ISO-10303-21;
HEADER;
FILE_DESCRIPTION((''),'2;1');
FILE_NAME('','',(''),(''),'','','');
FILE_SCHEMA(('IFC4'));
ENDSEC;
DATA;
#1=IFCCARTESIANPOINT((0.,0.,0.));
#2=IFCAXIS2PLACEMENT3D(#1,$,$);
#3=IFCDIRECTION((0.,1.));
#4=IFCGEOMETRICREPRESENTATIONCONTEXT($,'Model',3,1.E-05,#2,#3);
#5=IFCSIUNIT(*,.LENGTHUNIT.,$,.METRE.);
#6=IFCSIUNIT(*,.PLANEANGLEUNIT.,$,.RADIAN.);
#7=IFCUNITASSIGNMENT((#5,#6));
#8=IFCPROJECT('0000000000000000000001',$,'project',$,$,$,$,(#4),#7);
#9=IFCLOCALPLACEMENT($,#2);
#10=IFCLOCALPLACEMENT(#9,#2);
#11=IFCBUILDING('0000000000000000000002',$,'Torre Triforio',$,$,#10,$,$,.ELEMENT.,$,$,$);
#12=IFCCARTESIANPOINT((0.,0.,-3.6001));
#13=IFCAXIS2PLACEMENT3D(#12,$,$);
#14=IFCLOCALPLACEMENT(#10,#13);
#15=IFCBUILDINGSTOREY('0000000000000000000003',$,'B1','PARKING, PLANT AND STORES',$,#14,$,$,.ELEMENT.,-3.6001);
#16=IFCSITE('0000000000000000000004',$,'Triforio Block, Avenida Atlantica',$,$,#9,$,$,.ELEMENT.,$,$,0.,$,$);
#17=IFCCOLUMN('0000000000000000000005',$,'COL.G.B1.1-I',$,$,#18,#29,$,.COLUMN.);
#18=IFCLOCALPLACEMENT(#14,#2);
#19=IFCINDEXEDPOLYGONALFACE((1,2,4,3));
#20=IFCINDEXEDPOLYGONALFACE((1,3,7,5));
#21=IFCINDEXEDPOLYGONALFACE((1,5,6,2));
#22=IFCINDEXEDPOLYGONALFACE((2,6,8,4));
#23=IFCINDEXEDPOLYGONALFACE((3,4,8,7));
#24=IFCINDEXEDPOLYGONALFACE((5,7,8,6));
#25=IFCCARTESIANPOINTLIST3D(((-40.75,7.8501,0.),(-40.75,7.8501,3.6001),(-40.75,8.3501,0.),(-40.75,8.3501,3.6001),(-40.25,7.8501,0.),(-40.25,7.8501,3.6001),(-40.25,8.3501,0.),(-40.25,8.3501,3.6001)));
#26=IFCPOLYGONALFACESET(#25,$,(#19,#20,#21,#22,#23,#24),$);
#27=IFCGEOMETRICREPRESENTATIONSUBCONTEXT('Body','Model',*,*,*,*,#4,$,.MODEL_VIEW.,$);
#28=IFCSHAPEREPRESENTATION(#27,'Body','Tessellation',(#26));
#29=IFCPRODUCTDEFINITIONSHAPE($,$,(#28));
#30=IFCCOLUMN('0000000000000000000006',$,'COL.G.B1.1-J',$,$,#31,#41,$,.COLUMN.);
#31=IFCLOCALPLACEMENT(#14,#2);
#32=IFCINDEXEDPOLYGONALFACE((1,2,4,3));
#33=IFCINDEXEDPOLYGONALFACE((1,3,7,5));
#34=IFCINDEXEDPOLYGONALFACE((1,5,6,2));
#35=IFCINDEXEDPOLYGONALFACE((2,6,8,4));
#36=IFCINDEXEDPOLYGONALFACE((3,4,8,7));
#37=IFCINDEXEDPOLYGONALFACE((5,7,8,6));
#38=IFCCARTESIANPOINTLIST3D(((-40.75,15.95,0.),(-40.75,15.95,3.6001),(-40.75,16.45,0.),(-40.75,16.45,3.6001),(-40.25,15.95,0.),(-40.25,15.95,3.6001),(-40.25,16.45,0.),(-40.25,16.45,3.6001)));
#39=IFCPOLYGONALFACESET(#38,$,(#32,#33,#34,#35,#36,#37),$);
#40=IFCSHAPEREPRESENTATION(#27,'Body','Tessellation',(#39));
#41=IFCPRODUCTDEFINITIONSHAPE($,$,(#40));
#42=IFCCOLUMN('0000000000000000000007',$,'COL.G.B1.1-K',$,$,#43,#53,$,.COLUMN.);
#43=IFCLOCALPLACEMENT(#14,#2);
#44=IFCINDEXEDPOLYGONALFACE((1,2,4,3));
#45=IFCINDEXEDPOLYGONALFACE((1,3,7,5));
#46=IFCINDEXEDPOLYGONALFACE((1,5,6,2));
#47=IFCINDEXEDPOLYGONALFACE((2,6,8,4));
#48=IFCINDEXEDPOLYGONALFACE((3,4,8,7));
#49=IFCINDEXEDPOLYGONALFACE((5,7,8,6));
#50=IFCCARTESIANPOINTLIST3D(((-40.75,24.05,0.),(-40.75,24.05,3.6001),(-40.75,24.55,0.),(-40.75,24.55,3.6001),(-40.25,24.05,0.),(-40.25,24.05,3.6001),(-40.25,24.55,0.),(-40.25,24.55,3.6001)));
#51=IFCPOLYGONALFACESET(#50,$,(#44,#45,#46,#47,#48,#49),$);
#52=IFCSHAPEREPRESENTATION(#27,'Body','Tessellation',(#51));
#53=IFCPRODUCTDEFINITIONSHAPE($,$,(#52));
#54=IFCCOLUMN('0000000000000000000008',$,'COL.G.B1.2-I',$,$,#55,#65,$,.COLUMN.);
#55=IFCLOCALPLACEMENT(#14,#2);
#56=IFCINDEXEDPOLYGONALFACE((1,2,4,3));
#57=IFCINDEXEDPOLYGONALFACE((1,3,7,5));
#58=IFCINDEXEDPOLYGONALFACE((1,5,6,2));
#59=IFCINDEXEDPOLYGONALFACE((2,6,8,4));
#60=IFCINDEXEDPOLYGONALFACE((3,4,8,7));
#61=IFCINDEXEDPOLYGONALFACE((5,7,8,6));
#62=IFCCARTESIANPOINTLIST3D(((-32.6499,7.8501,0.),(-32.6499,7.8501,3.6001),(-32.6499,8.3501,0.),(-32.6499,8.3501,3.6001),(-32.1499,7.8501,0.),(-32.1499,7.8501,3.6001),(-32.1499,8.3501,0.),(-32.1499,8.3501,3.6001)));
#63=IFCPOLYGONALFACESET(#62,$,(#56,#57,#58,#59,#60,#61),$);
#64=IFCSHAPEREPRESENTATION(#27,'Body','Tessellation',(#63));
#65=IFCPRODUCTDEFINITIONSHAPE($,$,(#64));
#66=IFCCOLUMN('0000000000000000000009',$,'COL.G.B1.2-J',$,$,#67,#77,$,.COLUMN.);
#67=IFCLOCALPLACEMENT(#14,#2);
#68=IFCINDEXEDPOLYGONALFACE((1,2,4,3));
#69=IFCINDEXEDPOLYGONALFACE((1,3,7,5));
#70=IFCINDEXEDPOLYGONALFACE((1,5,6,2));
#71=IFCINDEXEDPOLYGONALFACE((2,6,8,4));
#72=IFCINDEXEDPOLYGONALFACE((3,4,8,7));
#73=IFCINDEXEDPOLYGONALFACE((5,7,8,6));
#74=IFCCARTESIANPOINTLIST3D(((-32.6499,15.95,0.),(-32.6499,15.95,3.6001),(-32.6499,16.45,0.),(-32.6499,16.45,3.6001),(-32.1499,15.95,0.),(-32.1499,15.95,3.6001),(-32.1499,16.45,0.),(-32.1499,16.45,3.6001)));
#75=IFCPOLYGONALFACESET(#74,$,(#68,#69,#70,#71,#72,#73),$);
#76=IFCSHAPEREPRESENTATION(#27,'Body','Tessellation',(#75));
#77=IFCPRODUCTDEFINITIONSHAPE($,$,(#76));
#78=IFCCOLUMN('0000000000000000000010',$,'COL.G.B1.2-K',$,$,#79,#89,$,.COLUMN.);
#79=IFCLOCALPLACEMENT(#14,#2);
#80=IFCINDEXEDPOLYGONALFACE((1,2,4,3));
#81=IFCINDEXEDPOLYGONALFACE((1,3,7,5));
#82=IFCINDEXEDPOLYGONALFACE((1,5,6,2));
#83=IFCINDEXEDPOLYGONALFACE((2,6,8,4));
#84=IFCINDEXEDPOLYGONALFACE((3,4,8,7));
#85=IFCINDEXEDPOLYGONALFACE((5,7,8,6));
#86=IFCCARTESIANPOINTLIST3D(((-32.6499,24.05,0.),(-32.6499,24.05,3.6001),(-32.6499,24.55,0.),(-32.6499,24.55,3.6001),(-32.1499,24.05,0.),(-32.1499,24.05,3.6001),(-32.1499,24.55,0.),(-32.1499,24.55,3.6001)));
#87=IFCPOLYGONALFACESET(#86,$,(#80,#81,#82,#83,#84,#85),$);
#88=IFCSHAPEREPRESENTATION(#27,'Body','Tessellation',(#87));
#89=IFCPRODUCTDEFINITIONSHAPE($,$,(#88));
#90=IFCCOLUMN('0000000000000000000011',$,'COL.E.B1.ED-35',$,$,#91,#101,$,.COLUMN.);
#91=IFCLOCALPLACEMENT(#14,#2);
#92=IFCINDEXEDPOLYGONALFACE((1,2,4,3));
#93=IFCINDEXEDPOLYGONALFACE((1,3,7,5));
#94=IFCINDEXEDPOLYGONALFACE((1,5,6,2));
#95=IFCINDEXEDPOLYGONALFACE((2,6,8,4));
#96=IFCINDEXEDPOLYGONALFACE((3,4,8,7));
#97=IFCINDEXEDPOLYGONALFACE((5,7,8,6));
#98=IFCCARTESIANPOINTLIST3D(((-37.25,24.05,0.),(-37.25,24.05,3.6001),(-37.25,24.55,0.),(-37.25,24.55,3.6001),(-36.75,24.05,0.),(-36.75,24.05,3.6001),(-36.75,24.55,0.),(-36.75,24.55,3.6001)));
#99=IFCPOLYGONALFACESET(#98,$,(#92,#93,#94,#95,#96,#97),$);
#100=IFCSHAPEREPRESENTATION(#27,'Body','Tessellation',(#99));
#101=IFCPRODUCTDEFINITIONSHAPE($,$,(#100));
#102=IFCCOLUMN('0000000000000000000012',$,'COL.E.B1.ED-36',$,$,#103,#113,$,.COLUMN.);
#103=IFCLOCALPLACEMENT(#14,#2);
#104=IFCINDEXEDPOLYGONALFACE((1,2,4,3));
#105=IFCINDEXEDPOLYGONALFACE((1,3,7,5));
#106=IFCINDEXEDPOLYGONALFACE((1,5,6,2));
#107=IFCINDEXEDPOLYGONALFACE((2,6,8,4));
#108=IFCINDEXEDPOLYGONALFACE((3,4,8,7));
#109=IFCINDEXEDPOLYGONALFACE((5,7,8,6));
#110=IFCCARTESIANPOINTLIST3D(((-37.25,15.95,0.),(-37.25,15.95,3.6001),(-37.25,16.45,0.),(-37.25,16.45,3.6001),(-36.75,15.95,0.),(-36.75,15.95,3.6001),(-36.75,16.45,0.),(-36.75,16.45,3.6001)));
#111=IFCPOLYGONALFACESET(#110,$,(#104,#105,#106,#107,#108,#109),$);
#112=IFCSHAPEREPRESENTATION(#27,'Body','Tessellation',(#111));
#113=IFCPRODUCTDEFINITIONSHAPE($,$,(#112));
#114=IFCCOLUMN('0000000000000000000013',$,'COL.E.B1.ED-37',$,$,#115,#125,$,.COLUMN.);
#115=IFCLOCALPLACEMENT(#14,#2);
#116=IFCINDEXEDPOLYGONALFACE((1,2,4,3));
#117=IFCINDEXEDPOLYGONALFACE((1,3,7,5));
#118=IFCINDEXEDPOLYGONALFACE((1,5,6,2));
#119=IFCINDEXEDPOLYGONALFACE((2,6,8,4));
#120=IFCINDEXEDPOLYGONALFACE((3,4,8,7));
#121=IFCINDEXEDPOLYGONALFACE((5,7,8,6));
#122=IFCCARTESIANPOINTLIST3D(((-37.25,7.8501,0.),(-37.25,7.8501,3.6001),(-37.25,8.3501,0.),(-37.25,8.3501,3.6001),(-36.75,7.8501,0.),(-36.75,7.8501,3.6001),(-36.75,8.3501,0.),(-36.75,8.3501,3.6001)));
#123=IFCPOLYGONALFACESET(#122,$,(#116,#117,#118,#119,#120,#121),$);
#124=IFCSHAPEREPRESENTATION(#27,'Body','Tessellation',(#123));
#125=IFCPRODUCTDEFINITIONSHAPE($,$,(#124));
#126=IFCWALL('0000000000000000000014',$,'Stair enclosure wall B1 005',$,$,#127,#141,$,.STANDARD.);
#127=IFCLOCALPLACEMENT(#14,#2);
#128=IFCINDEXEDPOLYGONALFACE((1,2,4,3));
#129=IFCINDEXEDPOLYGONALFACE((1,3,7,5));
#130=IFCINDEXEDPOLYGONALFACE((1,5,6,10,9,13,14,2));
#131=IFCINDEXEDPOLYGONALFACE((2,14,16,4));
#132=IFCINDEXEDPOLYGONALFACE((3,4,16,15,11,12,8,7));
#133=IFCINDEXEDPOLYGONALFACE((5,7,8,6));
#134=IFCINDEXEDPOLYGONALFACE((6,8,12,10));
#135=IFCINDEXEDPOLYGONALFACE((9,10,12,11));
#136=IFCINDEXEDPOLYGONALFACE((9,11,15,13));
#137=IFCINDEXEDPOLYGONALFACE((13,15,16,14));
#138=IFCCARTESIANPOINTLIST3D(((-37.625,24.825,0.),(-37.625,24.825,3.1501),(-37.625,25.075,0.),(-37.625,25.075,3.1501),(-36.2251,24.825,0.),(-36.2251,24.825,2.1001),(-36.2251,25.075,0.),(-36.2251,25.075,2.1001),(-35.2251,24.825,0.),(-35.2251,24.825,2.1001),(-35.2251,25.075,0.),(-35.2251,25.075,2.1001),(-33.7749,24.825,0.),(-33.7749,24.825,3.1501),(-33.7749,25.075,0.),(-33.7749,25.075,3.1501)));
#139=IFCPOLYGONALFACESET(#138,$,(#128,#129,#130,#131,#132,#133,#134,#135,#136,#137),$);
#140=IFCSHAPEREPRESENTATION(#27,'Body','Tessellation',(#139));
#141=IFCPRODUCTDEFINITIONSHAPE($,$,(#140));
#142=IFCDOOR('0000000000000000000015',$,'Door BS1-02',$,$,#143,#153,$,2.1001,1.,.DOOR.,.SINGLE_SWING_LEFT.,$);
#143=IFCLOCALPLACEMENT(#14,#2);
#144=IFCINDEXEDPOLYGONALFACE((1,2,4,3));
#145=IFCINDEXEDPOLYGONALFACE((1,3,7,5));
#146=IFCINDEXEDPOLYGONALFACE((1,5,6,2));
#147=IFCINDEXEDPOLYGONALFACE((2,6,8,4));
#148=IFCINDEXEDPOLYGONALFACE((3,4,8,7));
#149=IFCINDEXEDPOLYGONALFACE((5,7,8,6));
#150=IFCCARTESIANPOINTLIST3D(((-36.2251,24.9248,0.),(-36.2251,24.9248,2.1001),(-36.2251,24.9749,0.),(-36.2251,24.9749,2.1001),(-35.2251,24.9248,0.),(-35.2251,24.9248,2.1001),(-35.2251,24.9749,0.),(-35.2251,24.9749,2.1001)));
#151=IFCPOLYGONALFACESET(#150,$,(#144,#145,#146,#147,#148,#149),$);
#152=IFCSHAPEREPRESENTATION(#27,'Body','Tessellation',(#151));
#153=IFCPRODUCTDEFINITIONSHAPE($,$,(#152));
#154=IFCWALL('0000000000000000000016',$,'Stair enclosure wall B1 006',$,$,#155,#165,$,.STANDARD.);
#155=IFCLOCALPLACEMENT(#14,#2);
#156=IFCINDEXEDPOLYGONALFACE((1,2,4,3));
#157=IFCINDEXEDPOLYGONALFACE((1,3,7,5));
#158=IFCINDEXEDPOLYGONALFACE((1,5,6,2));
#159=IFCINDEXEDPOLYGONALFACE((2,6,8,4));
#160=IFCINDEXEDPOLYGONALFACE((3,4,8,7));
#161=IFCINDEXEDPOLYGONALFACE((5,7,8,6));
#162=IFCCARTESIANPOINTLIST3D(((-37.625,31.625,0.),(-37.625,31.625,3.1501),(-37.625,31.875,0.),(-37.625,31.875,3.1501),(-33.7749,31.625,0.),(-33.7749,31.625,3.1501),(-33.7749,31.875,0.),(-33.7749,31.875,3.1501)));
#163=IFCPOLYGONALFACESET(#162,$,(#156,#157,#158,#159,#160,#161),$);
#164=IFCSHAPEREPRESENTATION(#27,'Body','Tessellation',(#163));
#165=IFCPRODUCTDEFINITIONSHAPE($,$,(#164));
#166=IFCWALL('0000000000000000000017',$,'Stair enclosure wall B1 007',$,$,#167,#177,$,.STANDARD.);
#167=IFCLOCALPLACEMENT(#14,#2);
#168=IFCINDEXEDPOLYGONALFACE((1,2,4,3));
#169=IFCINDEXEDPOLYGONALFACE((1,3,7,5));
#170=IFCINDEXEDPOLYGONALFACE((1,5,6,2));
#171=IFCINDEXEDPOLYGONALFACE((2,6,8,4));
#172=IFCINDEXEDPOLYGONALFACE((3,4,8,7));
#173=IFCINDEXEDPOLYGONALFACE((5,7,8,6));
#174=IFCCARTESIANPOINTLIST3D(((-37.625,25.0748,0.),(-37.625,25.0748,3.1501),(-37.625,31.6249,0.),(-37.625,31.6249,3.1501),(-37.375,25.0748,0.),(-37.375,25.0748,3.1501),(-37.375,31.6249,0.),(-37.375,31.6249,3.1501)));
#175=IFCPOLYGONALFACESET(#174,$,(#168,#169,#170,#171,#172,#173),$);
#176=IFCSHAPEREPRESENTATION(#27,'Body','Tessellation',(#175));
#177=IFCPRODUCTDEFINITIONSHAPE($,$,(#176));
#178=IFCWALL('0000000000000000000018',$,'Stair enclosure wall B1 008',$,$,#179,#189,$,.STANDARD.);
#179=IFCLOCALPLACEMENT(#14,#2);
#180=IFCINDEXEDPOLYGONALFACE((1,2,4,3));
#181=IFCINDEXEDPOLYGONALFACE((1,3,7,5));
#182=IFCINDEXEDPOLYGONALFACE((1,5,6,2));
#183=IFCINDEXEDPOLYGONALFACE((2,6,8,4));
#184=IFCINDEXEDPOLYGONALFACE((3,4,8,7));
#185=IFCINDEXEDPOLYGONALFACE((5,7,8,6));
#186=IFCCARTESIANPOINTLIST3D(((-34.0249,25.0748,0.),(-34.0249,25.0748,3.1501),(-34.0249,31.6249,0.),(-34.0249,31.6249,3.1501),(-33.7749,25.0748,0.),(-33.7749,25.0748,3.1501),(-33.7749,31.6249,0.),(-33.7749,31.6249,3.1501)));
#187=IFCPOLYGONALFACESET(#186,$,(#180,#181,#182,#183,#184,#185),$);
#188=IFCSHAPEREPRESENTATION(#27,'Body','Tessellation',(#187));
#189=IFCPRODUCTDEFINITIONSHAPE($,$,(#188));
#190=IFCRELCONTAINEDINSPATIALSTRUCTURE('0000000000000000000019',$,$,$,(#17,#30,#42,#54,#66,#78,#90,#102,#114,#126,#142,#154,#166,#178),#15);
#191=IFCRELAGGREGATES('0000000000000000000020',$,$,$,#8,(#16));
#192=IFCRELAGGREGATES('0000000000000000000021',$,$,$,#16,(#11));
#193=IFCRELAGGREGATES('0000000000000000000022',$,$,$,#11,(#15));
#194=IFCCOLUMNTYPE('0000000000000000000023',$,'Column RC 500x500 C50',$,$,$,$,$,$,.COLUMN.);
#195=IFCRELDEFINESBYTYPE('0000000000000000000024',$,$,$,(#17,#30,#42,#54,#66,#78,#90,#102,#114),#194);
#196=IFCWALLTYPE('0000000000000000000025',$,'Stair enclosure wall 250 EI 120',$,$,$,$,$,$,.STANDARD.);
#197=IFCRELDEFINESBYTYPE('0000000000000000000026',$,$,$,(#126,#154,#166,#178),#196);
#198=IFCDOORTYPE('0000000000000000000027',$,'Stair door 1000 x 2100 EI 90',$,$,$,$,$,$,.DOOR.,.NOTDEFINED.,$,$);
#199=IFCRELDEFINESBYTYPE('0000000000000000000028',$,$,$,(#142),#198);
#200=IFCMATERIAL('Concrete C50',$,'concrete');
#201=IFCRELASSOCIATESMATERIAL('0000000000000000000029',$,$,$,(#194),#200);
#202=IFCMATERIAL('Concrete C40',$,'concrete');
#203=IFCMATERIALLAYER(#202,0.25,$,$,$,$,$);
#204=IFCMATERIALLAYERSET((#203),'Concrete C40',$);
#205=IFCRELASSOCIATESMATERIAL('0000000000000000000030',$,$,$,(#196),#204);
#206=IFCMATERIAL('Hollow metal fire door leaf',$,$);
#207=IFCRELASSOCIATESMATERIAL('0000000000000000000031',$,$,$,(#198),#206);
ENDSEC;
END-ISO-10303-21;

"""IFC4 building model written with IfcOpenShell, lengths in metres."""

from ifc_helpers import new_model, si_unit, direction, frame, frame_2d, origin, origin_2d, place, context, subcontext, project, spatial, rectangle, extrude, material, layer, layer_set, material_profile, profile_set, type_object, element, fill, save


model = new_model("IFC4")

# Units and contexts
model_context = context("Model", 3, precision=1e-05, world=origin(), true_north=direction((0.0, 1.0)))
body_context = subcontext(model_context, "Body", "Model", "MODEL_VIEW")
ifc_project = project(units=[si_unit("LENGTHUNIT", "METRE"), si_unit("PLANEANGLEUNIT", "RADIAN")], contexts=[model_context])

# Site, building, storey
site_placement = place(None, origin())
site = spatial("IfcSite", under=ifc_project, at=site_placement, Name="Triforio Block, Avenida Atlantica", CompositionType="ELEMENT", RefElevation=0.0)
building_placement = place(site_placement, origin())
building = spatial("IfcBuilding", under=site, at=building_placement, Name="Torre Triforio", CompositionType="ELEMENT")
storey_placement = place(building_placement, frame((0.0, 0.0, -3.6001)))
storey = spatial("IfcBuildingStorey", under=building, at=storey_placement, Name="B1", Description="PARKING, PLANT AND STORES", CompositionType="ELEMENT", Elevation=-3.6001)

# Columns
ifc_material_1 = material(Name="Concrete C50", Category="concrete")
ifc_material_profile = material_profile(ifc_material_1, rectangle(XDim=0.5, YDim=0.5, at=origin_2d()), Name="RC 500x500")
ifc_profile_set = profile_set([ifc_material_profile], Name="Concrete C50")
column_type = type_object("IfcColumnType", Name="Column RC 500x500 C50", PredefinedType="COLUMN", material=ifc_profile_set)
for number, where, z_axis, x_axis, name in (
    (1, (-40.5, 8.1001, 0.0), (0.0, 0.0, 1.0), (1.0, 0.0, 0.0), "COL.G.B1.1-I"),
    (2, (-40.5, 16.2, 0.0), (0.0, 0.0, 1.0), (1.0, 0.0, 0.0), "COL.G.B1.1-J"),
    (3, (-40.5, 24.3, 0.0), (0.0, 0.0, 1.0), (1.0, 0.0, 0.0), "COL.G.B1.1-K"),
    (4, (-32.3999, 8.1001, 0.0), (0.0, 0.0, 1.0), (1.0, 0.0, 0.0), "COL.G.B1.2-I"),
    (5, (-32.3999, 16.2, 0.0), (0.0, 0.0, 1.0), (1.0, 0.0, 0.0), "COL.G.B1.2-J"),
    (6, (-32.3999, 24.3, 0.0), (0.0, 0.0, 1.0), (1.0, 0.0, 0.0), "COL.G.B1.2-K"),
    (7, (-37.0, 24.3, 0.0), (0.0, 0.0, 1.0), (1.0, 0.0, 0.0), "COL.E.B1.ED-35"),
    (8, (-37.0, 16.2, 0.0), (0.0, 0.0, 1.0), (1.0, 0.0, 0.0), "COL.E.B1.ED-36"),
    (9, (-37.0, 8.1001, 0.0), (0.0, 0.0, 1.0), (1.0, 0.0, 0.0), "COL.E.B1.ED-37"),
):
    element("IfcColumn", number, at=place(storey_placement, frame(where, z_axis=z_axis, x_axis=x_axis)), inside=storey, type_object=column_type, Name=name, PredefinedType="COLUMN", context=body_context, shape_type="SweptSolid", body=[
        extrude(rectangle(XDim=0.5, YDim=0.5, at=origin_2d()), origin(), (0.0, 0.0, 1.0), 3.6001),
    ])

# Wall, opening, door
ifc_material_2 = material(Name="Concrete C40", Category="concrete")
ifc_layer = layer(ifc_material_2, 0.25)
ifc_layer_set = layer_set([ifc_layer], Name="Concrete C40")
wall_type = type_object("IfcWallType", Name="Stair enclosure wall 250 EI 120", PredefinedType="STANDARD", material=ifc_layer_set)
wall_1_placement = place(storey_placement, frame((-37.625, 24.95, 0.0), z_axis=(0.0, 0.0, 1.0), x_axis=(1.0, 0.0, 0.0)))
wall_1 = element("IfcWall", 10, at=wall_1_placement, inside=storey, type_object=wall_type, Name="Stair enclosure wall B1 005", PredefinedType="STANDARD", context=body_context, shape_type="SweptSolid", body=[
    extrude(rectangle(XDim=3.8501, YDim=0.25, at=frame_2d((1.925, 0.0))), origin(), (0.0, 0.0, 1.0), 3.1501),
])
opening_placement = place(wall_1_placement, frame((1.3999, 0.0, 0.0)))
opening = element("IfcOpeningElement", 11, at=opening_placement, cuts=wall_1, PredefinedType="OPENING", context=body_context, shape_type="SweptSolid", body=[
    extrude(rectangle(XDim=1.0, YDim=2.1001, at=frame_2d((0.5, 1.05))), frame((0.0, 0.135, 0.0), z_axis=(0.0, -1.0, 0.0), x_axis=(1.0, 0.0, 0.0)), (0.0, 0.0, 1.0), 0.27),
])
ifc_material_3 = material(Name="Hollow metal fire door leaf")
door_type = type_object("IfcDoorType", Name="Stair door 1000 x 2100 EI 90", OperationType="NOTDEFINED", PredefinedType="DOOR", material=ifc_material_3)
door_placement = place(opening_placement, origin())
door = element("IfcDoor", 12, at=door_placement, inside=storey, type_object=door_type, Name="Door BS1-02", OperationType="SINGLE_SWING_LEFT", OverallHeight=2.1001, OverallWidth=1.0, PredefinedType="DOOR", context=body_context, shape_type="SweptSolid", body=[
    extrude(rectangle(XDim=1.0, YDim=2.1001, at=frame_2d((0.5, 1.05))), frame((0.0, 0.0249, 0.0), z_axis=(0.0, -1.0, 0.0), x_axis=(1.0, 0.0, 0.0)), (0.0, 0.0, 1.0), 0.05),
])
fill(opening, door)

# Walls
wall_2_placement = place(storey_placement, frame((-37.625, 31.75, 0.0), z_axis=(0.0, 0.0, 1.0), x_axis=(1.0, 0.0, 0.0)))
element("IfcWall", 13, at=wall_2_placement, inside=storey, type_object=wall_type, Name="Stair enclosure wall B1 006", PredefinedType="STANDARD", context=body_context, shape_type="SweptSolid", body=[
    extrude(rectangle(XDim=3.8501, YDim=0.25, at=frame_2d((1.925, 0.0))), origin(), (0.0, 0.0, 1.0), 3.1501),
])
for number, where, z_axis, x_axis, name in (
    (14, (-37.5, 25.075, 0.0), (0.0, 0.0, 1.0), (0.0, 1.0, 0.0), "Stair enclosure wall B1 007"),
    (15, (-33.8999, 25.075, 0.0), (0.0, 0.0, 1.0), (0.0, 1.0, 0.0), "Stair enclosure wall B1 008"),
):
    element("IfcWall", number, at=place(storey_placement, frame(where, z_axis=z_axis, x_axis=x_axis)), inside=storey, type_object=wall_type, Name=name, PredefinedType="STANDARD", context=body_context, shape_type="SweptSolid", body=[
        extrude(rectangle(XDim=6.55, YDim=0.25, at=frame_2d((3.2749, 0.0))), origin(), (0.0, 0.0, 1.0), 3.1501),
    ])

save(model, "model.ifc")
